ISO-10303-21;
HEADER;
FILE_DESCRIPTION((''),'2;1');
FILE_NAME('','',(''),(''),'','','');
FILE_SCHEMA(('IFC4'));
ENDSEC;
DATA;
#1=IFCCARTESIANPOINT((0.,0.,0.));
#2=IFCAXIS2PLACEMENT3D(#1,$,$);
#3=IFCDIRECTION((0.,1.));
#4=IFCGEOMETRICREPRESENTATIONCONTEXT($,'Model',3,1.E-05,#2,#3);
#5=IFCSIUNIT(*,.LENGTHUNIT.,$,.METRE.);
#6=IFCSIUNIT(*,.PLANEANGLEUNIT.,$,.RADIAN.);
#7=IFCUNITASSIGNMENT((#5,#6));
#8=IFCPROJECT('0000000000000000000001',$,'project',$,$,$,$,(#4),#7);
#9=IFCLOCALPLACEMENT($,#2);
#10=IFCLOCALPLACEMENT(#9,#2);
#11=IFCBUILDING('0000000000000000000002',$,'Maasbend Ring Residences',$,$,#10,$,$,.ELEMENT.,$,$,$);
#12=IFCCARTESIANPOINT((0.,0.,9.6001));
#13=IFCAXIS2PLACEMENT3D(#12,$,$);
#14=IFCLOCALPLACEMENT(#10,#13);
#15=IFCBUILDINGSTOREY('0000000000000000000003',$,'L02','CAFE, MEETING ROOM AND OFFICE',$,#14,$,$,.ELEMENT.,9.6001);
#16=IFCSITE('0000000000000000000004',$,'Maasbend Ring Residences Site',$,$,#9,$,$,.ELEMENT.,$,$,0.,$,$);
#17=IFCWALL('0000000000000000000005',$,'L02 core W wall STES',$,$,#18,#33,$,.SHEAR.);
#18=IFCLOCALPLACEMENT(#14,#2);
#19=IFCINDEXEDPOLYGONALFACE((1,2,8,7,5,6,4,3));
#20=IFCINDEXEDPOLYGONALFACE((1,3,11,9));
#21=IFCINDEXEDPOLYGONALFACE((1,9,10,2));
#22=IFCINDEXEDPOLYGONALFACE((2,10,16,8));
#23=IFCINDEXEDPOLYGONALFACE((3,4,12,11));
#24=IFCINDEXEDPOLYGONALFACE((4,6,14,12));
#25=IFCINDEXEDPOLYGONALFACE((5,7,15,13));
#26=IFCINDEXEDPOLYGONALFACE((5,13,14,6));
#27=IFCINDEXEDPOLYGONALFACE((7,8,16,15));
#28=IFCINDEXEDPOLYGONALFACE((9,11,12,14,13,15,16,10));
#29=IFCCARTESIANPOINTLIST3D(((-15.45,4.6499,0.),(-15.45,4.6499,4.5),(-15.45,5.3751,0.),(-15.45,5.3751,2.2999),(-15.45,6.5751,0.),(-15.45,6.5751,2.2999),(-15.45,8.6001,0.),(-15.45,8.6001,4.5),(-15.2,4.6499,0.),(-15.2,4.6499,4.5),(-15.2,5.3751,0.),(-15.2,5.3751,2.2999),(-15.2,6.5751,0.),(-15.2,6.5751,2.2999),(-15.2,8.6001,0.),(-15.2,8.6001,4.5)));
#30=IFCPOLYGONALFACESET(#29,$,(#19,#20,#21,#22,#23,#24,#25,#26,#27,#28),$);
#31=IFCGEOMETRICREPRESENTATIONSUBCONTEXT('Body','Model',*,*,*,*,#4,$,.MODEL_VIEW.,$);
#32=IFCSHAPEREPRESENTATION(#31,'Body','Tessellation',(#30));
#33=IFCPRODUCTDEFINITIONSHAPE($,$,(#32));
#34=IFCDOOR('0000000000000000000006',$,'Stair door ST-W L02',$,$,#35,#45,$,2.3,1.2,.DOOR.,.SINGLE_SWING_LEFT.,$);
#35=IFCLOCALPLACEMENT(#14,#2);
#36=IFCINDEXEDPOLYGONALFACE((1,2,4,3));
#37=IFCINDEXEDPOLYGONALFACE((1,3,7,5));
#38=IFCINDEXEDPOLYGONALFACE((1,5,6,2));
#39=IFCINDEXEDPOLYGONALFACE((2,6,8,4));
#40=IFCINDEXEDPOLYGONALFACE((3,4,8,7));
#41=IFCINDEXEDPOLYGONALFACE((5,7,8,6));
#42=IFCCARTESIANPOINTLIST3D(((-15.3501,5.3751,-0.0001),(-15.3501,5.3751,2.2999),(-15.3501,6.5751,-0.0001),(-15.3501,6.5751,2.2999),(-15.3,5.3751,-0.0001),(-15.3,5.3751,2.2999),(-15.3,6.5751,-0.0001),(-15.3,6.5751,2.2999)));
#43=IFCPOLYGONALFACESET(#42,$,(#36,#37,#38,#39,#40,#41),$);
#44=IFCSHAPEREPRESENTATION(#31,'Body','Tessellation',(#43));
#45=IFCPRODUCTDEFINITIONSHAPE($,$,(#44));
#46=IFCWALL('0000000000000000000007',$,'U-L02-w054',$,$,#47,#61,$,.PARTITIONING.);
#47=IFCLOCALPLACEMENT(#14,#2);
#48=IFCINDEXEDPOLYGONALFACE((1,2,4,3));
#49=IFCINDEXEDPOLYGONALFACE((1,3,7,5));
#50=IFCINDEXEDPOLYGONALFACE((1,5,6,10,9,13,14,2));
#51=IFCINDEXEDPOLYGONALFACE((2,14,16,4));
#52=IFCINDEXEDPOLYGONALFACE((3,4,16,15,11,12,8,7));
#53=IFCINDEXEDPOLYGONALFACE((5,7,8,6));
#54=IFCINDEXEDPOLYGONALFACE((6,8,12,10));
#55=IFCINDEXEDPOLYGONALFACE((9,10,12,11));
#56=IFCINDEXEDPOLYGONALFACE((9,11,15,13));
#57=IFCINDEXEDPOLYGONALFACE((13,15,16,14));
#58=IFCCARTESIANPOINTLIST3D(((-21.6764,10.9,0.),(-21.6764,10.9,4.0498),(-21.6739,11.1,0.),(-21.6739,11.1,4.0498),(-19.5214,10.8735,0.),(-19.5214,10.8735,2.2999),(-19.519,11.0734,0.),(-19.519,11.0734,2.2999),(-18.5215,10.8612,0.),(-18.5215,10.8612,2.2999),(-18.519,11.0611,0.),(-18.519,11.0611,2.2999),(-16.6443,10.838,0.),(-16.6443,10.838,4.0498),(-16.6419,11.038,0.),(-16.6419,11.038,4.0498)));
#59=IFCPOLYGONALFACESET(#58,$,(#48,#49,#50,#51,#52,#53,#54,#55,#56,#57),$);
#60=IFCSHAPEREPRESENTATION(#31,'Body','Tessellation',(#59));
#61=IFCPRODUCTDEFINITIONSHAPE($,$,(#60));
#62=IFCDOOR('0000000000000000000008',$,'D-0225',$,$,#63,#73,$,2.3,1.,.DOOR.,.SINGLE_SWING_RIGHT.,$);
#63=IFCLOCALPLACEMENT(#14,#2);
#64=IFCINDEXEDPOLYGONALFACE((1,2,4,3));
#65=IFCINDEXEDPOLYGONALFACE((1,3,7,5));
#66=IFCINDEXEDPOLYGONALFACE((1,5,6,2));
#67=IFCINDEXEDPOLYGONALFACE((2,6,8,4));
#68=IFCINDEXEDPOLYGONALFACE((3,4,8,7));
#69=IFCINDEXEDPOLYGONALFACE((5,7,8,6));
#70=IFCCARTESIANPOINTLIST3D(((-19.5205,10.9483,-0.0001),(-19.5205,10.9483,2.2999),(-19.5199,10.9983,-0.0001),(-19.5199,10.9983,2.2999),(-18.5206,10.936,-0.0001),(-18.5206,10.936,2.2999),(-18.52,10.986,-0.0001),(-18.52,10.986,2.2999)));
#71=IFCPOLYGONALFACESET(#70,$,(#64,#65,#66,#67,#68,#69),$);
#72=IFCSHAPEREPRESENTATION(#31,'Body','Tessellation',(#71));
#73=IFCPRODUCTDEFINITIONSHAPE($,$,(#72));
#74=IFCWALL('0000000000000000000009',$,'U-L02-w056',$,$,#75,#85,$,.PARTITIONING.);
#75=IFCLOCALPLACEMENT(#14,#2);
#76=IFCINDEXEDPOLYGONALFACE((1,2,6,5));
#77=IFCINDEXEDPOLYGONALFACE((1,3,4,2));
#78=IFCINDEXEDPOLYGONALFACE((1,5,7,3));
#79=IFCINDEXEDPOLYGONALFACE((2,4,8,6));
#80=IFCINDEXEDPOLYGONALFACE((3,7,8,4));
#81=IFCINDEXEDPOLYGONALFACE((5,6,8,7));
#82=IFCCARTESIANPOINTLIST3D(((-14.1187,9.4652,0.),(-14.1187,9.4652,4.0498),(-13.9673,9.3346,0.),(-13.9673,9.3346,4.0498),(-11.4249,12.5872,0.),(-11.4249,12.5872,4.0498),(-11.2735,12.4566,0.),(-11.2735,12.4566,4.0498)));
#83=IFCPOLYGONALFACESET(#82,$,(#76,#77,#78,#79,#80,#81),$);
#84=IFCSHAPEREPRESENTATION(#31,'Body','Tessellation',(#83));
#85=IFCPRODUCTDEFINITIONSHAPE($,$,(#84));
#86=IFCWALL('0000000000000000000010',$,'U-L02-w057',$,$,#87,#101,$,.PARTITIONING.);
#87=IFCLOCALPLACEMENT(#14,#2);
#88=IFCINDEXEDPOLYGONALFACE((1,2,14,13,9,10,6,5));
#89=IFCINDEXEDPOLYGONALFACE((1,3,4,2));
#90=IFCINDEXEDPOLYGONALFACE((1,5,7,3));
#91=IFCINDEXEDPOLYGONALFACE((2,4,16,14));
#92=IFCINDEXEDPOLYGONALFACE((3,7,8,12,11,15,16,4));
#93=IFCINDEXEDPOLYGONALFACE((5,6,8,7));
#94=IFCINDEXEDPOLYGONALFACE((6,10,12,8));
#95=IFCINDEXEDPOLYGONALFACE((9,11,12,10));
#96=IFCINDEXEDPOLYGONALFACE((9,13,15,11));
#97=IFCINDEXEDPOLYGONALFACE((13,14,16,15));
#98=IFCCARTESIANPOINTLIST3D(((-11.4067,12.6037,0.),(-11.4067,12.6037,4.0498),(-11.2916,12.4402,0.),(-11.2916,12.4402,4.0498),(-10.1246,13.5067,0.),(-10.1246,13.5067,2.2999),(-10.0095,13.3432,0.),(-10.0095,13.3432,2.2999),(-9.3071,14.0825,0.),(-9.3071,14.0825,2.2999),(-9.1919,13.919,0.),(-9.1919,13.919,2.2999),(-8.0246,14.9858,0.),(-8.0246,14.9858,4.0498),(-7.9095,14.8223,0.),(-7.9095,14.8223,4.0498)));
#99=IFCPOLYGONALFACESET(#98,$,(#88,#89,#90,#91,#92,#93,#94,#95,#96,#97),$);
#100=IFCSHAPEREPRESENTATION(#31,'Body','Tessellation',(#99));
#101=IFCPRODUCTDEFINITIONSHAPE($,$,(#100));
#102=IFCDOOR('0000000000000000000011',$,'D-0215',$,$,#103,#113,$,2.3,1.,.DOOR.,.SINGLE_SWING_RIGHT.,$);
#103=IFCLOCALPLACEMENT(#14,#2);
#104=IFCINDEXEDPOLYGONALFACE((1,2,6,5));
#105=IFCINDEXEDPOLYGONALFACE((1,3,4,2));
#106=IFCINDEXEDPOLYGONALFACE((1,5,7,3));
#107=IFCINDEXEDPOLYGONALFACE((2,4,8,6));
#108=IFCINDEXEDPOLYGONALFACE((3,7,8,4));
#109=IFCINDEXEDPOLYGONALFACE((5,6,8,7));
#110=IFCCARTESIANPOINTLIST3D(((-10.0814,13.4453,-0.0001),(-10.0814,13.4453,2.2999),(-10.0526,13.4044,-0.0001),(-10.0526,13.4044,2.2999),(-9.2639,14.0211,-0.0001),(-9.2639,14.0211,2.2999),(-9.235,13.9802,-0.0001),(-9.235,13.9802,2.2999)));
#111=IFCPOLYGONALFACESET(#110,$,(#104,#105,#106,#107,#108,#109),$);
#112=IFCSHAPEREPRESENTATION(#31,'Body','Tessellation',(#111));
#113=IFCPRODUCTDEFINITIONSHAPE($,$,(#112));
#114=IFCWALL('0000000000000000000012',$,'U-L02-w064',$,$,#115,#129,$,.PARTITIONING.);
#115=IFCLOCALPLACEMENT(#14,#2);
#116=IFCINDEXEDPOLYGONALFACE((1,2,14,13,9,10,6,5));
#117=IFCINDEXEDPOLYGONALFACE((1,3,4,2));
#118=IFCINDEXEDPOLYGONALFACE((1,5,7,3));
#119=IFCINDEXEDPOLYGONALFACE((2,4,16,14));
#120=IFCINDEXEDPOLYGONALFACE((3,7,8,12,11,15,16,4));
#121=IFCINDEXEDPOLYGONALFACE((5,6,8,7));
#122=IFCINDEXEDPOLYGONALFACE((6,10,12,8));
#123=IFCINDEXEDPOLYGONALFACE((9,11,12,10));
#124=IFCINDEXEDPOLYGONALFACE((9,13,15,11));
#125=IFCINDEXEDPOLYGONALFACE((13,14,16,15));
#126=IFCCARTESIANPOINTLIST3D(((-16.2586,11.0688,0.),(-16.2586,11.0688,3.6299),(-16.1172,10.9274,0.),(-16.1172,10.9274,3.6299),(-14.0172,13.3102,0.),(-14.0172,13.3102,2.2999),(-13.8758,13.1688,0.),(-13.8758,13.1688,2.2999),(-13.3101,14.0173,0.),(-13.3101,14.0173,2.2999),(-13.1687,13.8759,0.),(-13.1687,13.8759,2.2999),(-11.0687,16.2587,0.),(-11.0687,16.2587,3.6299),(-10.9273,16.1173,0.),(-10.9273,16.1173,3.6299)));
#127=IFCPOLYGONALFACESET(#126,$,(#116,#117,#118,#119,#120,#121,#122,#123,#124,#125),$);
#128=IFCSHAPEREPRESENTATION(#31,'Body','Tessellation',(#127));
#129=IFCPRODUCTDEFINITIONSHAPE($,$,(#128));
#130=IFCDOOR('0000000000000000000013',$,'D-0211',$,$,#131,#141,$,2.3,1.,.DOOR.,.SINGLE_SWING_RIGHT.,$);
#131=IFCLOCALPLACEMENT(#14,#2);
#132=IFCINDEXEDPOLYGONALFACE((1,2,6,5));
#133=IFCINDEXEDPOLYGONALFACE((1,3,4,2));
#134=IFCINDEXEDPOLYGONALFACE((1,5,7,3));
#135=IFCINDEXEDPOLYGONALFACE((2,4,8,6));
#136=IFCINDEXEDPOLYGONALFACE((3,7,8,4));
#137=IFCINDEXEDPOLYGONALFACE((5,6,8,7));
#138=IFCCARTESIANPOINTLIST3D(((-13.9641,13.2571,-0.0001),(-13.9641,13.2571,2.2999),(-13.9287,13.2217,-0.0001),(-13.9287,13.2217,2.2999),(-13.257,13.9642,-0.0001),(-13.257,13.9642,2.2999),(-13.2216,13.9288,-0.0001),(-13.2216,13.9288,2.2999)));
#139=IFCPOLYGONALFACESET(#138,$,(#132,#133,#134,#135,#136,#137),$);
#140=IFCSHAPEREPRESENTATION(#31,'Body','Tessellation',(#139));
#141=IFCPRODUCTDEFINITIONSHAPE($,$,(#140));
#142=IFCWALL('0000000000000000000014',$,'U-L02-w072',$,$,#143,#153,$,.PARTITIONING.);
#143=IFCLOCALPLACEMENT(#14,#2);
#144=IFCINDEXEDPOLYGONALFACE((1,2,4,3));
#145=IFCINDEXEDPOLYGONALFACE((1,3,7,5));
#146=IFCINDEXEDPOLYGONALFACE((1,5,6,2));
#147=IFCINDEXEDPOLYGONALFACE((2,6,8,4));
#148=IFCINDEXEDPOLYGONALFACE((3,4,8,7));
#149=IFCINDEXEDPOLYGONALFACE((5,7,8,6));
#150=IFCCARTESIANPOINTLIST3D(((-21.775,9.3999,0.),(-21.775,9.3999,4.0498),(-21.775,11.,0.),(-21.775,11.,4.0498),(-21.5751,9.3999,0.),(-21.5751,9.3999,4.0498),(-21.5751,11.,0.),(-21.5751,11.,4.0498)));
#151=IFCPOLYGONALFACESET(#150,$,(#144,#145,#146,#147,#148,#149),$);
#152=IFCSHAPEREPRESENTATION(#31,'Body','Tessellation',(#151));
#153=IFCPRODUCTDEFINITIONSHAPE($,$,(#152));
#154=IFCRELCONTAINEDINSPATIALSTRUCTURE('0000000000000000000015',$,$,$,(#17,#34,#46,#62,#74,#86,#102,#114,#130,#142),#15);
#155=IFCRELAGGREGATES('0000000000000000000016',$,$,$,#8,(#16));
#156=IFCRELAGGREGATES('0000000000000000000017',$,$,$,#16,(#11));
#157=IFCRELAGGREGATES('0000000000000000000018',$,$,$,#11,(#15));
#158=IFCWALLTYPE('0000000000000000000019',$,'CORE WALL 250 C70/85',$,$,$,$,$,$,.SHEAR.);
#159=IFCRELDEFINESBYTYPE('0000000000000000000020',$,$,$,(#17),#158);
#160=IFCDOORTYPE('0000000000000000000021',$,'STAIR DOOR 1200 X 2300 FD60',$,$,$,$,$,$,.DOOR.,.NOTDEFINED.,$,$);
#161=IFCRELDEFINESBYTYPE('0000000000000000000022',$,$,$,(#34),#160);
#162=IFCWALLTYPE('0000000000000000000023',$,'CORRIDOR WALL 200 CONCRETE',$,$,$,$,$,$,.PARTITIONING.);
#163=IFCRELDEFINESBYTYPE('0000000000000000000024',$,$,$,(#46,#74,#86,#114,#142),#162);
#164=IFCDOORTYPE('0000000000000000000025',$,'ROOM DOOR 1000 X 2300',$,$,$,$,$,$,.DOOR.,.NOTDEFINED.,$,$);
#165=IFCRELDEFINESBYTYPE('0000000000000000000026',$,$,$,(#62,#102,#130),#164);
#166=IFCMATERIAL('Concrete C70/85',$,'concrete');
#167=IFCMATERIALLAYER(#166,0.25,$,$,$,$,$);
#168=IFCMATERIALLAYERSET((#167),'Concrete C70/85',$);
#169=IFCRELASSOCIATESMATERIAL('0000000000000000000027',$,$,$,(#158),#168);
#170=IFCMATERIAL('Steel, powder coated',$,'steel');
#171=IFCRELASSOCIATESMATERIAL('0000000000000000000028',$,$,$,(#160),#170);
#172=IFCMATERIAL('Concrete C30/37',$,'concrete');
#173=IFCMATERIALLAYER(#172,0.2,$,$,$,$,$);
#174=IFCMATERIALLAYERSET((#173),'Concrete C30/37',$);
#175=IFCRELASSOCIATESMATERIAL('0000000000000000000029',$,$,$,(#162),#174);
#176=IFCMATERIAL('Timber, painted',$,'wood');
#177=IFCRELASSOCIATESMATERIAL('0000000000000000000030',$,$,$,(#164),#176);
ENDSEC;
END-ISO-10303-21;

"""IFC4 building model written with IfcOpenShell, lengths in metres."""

from ifc_helpers import new_model, si_unit, direction, frame, frame_2d, origin, place, context, subcontext, project, spatial, rectangle, extrude, material, layer, layer_set, type_object, element, fill, save


model = new_model("IFC4")

# Units and contexts
model_context = context("Model", 3, precision=1e-05, world=origin(), true_north=direction((0.0, 1.0)))
body_context = subcontext(model_context, "Body", "Model", "MODEL_VIEW")
ifc_project = project(units=[si_unit("LENGTHUNIT", "METRE"), si_unit("PLANEANGLEUNIT", "RADIAN")], contexts=[model_context])

# Site, building, storey
site_placement = place(None, origin())
site = spatial("IfcSite", under=ifc_project, at=site_placement, Name="Maasbend Ring Residences Site", CompositionType="ELEMENT", RefElevation=0.0)
building_placement = place(site_placement, origin())
building = spatial("IfcBuilding", under=site, at=building_placement, Name="Maasbend Ring Residences", CompositionType="ELEMENT")
storey_placement = place(building_placement, frame((0.0, 0.0, 9.6001)))
storey = spatial("IfcBuildingStorey", under=building, at=storey_placement, Name="L02", Description="CAFE, MEETING ROOM AND OFFICE", CompositionType="ELEMENT", Elevation=9.6001)

# Walls, openings, doors
ifc_material_1 = material(Name="Concrete C70/85", Category="concrete")
ifc_layer_1 = layer(ifc_material_1, 0.25)
ifc_layer_set_1 = layer_set([ifc_layer_1], Name="Concrete C70/85")
wall_type_1 = type_object("IfcWallType", Name="CORE WALL 250 C70/85", PredefinedType="SHEAR", material=ifc_layer_set_1)
wall_1_placement = place(storey_placement, frame((-15.325, 8.6001, 0.0), z_axis=(0.0, 0.0, 1.0), x_axis=(0.0, -1.0, 0.0)))
wall_1 = element("IfcWall", 1, at=wall_1_placement, inside=storey, type_object=wall_type_1, Name="L02 core W wall STES", PredefinedType="SHEAR", context=body_context, shape_type="SweptSolid", body=[
    extrude(rectangle(XDim=3.9502, YDim=0.25, at=frame_2d((1.9751, 0.0))), origin(), (0.0, 0.0, 1.0), 4.5),
])
opening_1_placement = place(wall_1_placement, frame((2.0249, 0.0, 0.0)))
opening_1 = element("IfcOpeningElement", 2, at=opening_1_placement, cuts=wall_1, PredefinedType="OPENING", context=body_context, shape_type="SweptSolid", body=[
    extrude(rectangle(XDim=1.2, YDim=2.3, at=frame_2d((0.6001, 1.1499))), frame((0.0, 0.135, 0.0), z_axis=(0.0, -1.0, 0.0), x_axis=(1.0, 0.0, 0.0)), (0.0, 0.0, 1.0), 0.27),
])
ifc_material_2 = material(Name="Steel, powder coated", Category="steel")
door_type_1 = type_object("IfcDoorType", Name="STAIR DOOR 1200 X 2300 FD60", OperationType="NOTDEFINED", PredefinedType="DOOR", material=ifc_material_2)
door_1_placement = place(opening_1_placement, origin())
door_1 = element("IfcDoor", 3, at=door_1_placement, inside=storey, type_object=door_type_1, Name="Stair door ST-W L02", OperationType="SINGLE_SWING_LEFT", OverallHeight=2.3, OverallWidth=1.2, PredefinedType="DOOR", context=body_context, shape_type="SweptSolid", body=[
    extrude(rectangle(XDim=1.2, YDim=2.3, at=frame_2d((0.6001, 1.1499))), frame((0.0, 0.0249, 0.0), z_axis=(0.0, -1.0, 0.0), x_axis=(1.0, 0.0, 0.0)), (0.0, 0.0, 1.0), 0.05),
])
fill(opening_1, door_1)
ifc_material_3 = material(Name="Concrete C30/37", Category="concrete")
ifc_layer_2 = layer(ifc_material_3, 0.2)
ifc_layer_set_2 = layer_set([ifc_layer_2], Name="Concrete C30/37")
wall_type_2 = type_object("IfcWallType", Name="CORRIDOR WALL 200 CONCRETE", PredefinedType="PARTITIONING", material=ifc_layer_set_2)
wall_2_placement = place(storey_placement, frame((-21.675, 11.0, 0.0), z_axis=(0.0, 0.0, 1.0), x_axis=(0.999924, -0.012323, 0.0)))
wall_2 = element("IfcWall", 4, at=wall_2_placement, inside=storey, type_object=wall_type_2, Name="U-L02-w054", PredefinedType="PARTITIONING", context=body_context, shape_type="SweptSolid", body=[
    extrude(rectangle(XDim=5.0325, YDim=0.2, at=frame_2d((2.5161, 0.0))), origin(), (0.0, 0.0, 1.0), 4.0498),
])
opening_2_placement = place(wall_2_placement, frame((2.155, 0.0, 0.0)))
opening_2 = element("IfcOpeningElement", 5, at=opening_2_placement, cuts=wall_2, PredefinedType="OPENING", context=body_context, shape_type="SweptSolid", body=[
    extrude(rectangle(XDim=1.0, YDim=2.3, at=frame_2d((0.5, 1.1499))), frame((0.0, 0.1099, 0.0), z_axis=(0.0, -1.0, 0.0), x_axis=(1.0, 0.0, 0.0)), (0.0, 0.0, 1.0), 0.22),
])
ifc_material_4 = material(Name="Timber, painted", Category="wood")
door_type_2 = type_object("IfcDoorType", Name="ROOM DOOR 1000 X 2300", OperationType="NOTDEFINED", PredefinedType="DOOR", material=ifc_material_4)
door_2_placement = place(opening_2_placement, origin())
door_2 = element("IfcDoor", 6, at=door_2_placement, inside=storey, type_object=door_type_2, Name="D-0225", OperationType="SINGLE_SWING_RIGHT", OverallHeight=2.3, OverallWidth=1.0, PredefinedType="DOOR", context=body_context, shape_type="SweptSolid", body=[
    extrude(rectangle(XDim=1.0, YDim=2.3, at=frame_2d((0.5, 1.1499))), frame((0.0, 0.0249, 0.0), z_axis=(0.0, -1.0, 0.0), x_axis=(1.0, 0.0, 0.0)), (0.0, 0.0, 1.0), 0.05),
])
fill(opening_2, door_2)

# Wall
wall_3_placement = place(storey_placement, frame((-14.043, 9.3999, 0.0), z_axis=(0.0, 0.0, 1.0), x_axis=(0.653275, 0.757121, 0.0)))
element("IfcWall", 7, at=wall_3_placement, inside=storey, type_object=wall_type_2, Name="U-L02-w056", PredefinedType="PARTITIONING", context=body_context, shape_type="SweptSolid", body=[
    extrude(rectangle(XDim=4.1235, YDim=0.2, at=frame_2d((2.0618, 0.0))), origin(), (0.0, 0.0, 1.0), 4.0498),
])

# Walls, openings, doors
wall_4_placement = place(storey_placement, frame((-11.3491, 12.522, 0.0), z_axis=(0.0, 0.0, 1.0), x_axis=(0.817568, 0.575833, 0.0)))
wall_4 = element("IfcWall", 8, at=wall_4_placement, inside=storey, type_object=wall_type_2, Name="U-L02-w057", PredefinedType="PARTITIONING", context=body_context, shape_type="SweptSolid", body=[
    extrude(rectangle(XDim=4.1367, YDim=0.2, at=frame_2d((2.0684, 0.0))), origin(), (0.0, 0.0, 1.0), 4.0498),
])
opening_3_placement = place(wall_4_placement, frame((1.5681, 0.0, 0.0)))
opening_3 = element("IfcOpeningElement", 9, at=opening_3_placement, cuts=wall_4, PredefinedType="OPENING", context=body_context, shape_type="SweptSolid", body=[
    extrude(rectangle(XDim=1.0, YDim=2.3, at=frame_2d((0.5, 1.1499))), frame((0.0, 0.1099, 0.0), z_axis=(0.0, -1.0, 0.0), x_axis=(1.0, 0.0, 0.0)), (0.0, 0.0, 1.0), 0.22),
])
door_3_placement = place(opening_3_placement, origin())
door_3 = element("IfcDoor", 10, at=door_3_placement, inside=storey, type_object=door_type_2, Name="D-0215", OperationType="SINGLE_SWING_RIGHT", OverallHeight=2.3, OverallWidth=1.0, PredefinedType="DOOR", context=body_context, shape_type="SweptSolid", body=[
    extrude(rectangle(XDim=1.0, YDim=2.3, at=frame_2d((0.5, 1.1499))), frame((0.0, 0.0249, 0.0), z_axis=(0.0, -1.0, 0.0), x_axis=(1.0, 0.0, 0.0)), (0.0, 0.0, 1.0), 0.05),
])
fill(opening_3, door_3)
wall_5_placement = place(storey_placement, frame((-16.188, 10.998, 0.0), z_axis=(0.0, 0.0, 1.0), x_axis=(0.707107, 0.707107, 0.0)))
wall_5 = element("IfcWall", 11, at=wall_5_placement, inside=storey, type_object=wall_type_2, Name="U-L02-w064", PredefinedType="PARTITIONING", context=body_context, shape_type="SweptSolid", body=[
    extrude(rectangle(XDim=7.3396, YDim=0.2, at=frame_2d((3.6699, 0.0))), origin(), (0.0, 0.0, 1.0), 3.6299),
])
opening_4_placement = place(wall_5_placement, frame((3.1699, 0.0, 0.0)))
opening_4 = element("IfcOpeningElement", 12, at=opening_4_placement, cuts=wall_5, PredefinedType="OPENING", context=body_context, shape_type="SweptSolid", body=[
    extrude(rectangle(XDim=1.0, YDim=2.3, at=frame_2d((0.5, 1.1499))), frame((0.0, 0.1099, 0.0), z_axis=(0.0, -1.0, 0.0), x_axis=(1.0, 0.0, 0.0)), (0.0, 0.0, 1.0), 0.22),
])
door_4_placement = place(opening_4_placement, origin())
door_4 = element("IfcDoor", 13, at=door_4_placement, inside=storey, type_object=door_type_2, Name="D-0211", OperationType="SINGLE_SWING_RIGHT", OverallHeight=2.3, OverallWidth=1.0, PredefinedType="DOOR", context=body_context, shape_type="SweptSolid", body=[
    extrude(rectangle(XDim=1.0, YDim=2.3, at=frame_2d((0.5, 1.1499))), frame((0.0, 0.0249, 0.0), z_axis=(0.0, -1.0, 0.0), x_axis=(1.0, 0.0, 0.0)), (0.0, 0.0, 1.0), 0.05),
])
fill(opening_4, door_4)

# Wall
wall_6_placement = place(storey_placement, frame((-21.675, 9.3999, 0.0), z_axis=(0.0, 0.0, 1.0), x_axis=(0.0, 1.0, 0.0)))
element("IfcWall", 14, at=wall_6_placement, inside=storey, type_object=wall_type_2, Name="U-L02-w072", PredefinedType="PARTITIONING", context=body_context, shape_type="SweptSolid", body=[
    extrude(rectangle(XDim=1.6001, YDim=0.2, at=frame_2d((0.8, 0.0))), origin(), (0.0, 0.0, 1.0), 4.0498),
])

save(model, "model.ifc")
